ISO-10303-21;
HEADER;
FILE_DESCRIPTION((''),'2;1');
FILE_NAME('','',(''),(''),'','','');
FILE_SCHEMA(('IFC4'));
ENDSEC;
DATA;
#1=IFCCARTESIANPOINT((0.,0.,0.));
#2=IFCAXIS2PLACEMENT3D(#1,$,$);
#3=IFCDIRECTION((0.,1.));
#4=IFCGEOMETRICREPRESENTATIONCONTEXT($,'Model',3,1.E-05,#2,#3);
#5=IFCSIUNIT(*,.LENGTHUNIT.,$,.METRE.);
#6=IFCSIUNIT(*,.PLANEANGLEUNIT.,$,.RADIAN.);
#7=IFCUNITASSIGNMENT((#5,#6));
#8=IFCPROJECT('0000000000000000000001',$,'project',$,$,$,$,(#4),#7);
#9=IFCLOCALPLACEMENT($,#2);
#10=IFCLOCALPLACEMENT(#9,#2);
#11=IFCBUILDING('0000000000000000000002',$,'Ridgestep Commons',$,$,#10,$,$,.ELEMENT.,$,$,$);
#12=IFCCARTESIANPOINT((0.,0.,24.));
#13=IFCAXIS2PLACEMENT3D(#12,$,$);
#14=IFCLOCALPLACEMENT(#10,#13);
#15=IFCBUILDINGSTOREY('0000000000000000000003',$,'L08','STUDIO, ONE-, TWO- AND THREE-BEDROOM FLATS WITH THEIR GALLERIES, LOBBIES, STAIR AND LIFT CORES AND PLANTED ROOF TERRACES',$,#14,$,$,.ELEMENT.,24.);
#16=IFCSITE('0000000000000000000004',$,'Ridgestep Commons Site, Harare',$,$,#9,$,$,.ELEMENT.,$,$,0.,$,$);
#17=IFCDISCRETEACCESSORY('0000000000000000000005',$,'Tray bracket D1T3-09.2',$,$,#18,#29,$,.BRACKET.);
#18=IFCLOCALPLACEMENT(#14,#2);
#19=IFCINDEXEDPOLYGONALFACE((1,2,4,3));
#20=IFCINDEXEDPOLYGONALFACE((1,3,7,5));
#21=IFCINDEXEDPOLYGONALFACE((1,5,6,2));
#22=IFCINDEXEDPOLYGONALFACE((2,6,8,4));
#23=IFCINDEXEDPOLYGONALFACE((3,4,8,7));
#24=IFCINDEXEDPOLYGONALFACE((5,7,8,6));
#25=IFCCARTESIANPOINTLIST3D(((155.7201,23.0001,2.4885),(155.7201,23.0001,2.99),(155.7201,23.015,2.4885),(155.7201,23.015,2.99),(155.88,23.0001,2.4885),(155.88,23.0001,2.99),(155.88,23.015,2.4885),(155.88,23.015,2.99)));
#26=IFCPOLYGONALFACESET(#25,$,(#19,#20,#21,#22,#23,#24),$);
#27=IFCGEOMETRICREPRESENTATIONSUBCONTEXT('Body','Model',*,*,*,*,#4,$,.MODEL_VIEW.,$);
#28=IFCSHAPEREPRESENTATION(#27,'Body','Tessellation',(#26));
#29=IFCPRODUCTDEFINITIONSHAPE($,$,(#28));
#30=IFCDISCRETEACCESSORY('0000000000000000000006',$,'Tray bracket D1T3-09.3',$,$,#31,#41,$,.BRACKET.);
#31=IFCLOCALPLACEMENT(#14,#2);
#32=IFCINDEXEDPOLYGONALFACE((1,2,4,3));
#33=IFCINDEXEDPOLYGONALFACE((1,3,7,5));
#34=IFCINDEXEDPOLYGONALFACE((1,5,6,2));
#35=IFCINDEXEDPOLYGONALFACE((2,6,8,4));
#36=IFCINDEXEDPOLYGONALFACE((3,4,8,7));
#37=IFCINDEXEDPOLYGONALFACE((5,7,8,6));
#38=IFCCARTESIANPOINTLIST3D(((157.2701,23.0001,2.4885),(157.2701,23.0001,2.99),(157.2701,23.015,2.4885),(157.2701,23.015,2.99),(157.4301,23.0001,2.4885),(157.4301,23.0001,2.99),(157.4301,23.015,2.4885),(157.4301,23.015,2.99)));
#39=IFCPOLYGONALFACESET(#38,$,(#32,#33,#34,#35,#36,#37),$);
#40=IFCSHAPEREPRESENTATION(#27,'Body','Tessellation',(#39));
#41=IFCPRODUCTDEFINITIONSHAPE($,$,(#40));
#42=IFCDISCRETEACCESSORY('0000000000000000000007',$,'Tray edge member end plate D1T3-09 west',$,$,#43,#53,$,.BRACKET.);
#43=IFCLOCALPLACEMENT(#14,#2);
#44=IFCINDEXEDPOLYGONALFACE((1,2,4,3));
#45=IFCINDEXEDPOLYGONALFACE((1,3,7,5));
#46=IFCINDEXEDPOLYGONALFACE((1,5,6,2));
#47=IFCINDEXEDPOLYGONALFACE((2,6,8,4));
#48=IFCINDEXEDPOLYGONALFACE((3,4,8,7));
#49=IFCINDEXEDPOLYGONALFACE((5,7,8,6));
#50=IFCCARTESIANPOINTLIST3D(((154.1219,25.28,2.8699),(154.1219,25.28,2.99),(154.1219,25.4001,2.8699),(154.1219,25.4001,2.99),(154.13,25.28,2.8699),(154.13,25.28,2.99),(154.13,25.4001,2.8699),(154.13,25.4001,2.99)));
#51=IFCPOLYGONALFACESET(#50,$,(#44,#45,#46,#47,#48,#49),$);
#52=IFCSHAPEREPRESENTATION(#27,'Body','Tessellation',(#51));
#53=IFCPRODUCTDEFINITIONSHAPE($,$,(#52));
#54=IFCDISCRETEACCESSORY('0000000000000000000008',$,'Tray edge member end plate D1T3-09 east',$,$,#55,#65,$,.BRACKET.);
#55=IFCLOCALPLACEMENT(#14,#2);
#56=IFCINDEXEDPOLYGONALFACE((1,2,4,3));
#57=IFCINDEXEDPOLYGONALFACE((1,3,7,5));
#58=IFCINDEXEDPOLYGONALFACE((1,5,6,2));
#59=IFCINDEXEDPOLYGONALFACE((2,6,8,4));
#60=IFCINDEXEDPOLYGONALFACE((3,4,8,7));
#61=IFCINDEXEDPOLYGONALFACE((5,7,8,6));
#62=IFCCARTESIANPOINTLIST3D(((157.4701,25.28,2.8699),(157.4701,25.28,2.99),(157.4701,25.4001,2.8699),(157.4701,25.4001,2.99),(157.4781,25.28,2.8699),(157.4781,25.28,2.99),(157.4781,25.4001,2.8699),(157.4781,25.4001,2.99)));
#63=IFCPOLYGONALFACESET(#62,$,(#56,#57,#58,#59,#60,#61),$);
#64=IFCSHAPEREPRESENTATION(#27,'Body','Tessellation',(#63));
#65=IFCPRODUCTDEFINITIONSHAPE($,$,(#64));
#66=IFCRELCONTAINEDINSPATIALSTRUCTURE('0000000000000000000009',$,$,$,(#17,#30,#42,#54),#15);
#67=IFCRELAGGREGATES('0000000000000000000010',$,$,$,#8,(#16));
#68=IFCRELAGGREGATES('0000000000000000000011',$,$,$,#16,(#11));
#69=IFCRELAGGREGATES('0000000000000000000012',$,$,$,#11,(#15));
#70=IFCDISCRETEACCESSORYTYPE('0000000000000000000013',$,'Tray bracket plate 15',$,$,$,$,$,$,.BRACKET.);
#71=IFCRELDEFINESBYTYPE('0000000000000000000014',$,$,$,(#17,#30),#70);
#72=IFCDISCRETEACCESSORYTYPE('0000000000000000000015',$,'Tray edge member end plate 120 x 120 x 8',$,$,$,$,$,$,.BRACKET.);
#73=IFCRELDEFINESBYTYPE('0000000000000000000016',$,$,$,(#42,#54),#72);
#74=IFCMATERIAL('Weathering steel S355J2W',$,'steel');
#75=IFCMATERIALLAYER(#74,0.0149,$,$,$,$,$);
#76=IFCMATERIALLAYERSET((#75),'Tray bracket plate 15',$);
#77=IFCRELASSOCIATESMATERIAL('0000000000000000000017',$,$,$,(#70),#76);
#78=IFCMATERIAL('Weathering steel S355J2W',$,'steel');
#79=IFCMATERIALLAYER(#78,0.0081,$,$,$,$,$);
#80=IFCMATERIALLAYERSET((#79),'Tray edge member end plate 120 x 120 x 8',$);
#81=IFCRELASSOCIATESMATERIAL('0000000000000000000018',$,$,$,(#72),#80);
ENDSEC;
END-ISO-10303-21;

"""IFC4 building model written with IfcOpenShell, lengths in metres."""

from ifc_helpers import new_model, si_unit, direction, frame, origin, origin_2d, place, context, subcontext, project, spatial, rectangle, extrude, material, layer, layer_set, type_object, element, save


model = new_model("IFC4")

# Units and contexts
model_context = context("Model", 3, precision=1e-05, world=origin(), true_north=direction((0.0, 1.0)))
body_context = subcontext(model_context, "Body", "Model", "MODEL_VIEW")
ifc_project = project(units=[si_unit("LENGTHUNIT", "METRE"), si_unit("PLANEANGLEUNIT", "RADIAN")], contexts=[model_context])

# Site, building, storey
site_placement = place(None, origin())
site = spatial("IfcSite", under=ifc_project, at=site_placement, Name="Ridgestep Commons Site, Harare", CompositionType="ELEMENT", RefElevation=0.0)
building_placement = place(site_placement, origin())
building = spatial("IfcBuilding", under=site, at=building_placement, Name="Ridgestep Commons", CompositionType="ELEMENT")
storey_placement = place(building_placement, frame((0.0, 0.0, 24.0)))
storey = spatial("IfcBuildingStorey", under=building, at=storey_placement, Name="L08", Description="STUDIO, ONE-, TWO- AND THREE-BEDROOM FLATS WITH THEIR GALLERIES, LOBBIES, STAIR AND LIFT CORES AND PLANTED ROOF TERRACES", CompositionType="ELEMENT", Elevation=24.0)

# Discrete accessories
ifc_material_1 = material(Name="Weathering steel S355J2W", Category="steel")
ifc_layer_1 = layer(ifc_material_1, 0.0149)
ifc_layer_set_1 = layer_set([ifc_layer_1], Name="Tray bracket plate 15")
discrete_accessory_type_1 = type_object("IfcDiscreteAccessoryType", Name="Tray bracket plate 15", PredefinedType="BRACKET", material=ifc_layer_set_1)
for number, where, z_axis, x_axis, name in (
    (1, (155.8, 23.0076, 2.4885), (0.0, 0.0, 1.0), (1.0, 0.0, 0.0), "Tray bracket D1T3-09.2"),
    (2, (157.3501, 23.0076, 2.4885), (0.0, 0.0, 1.0), (1.0, 0.0, 0.0), "Tray bracket D1T3-09.3"),
):
    element("IfcDiscreteAccessory", number, at=place(storey_placement, frame(where, z_axis=z_axis, x_axis=x_axis)), inside=storey, type_object=discrete_accessory_type_1, Name=name, PredefinedType="BRACKET", context=body_context, shape_type="SweptSolid", body=[
        extrude(rectangle(XDim=0.1599, YDim=0.0149, at=origin_2d()), origin(), (0.0, 0.0, 1.0), 0.5015),
    ])
ifc_material_2 = material(Name="Weathering steel S355J2W", Category="steel")
ifc_layer_2 = layer(ifc_material_2, 0.0081)
ifc_layer_set_2 = layer_set([ifc_layer_2], Name="Tray edge member end plate 120 x 120 x 8")
discrete_accessory_type_2 = type_object("IfcDiscreteAccessoryType", Name="Tray edge member end plate 120 x 120 x 8", PredefinedType="BRACKET", material=ifc_layer_set_2)
for number, where, z_axis, x_axis, name in (
    (3, (154.126, 25.3401, 2.8699), (0.0, 0.0, 1.0), (1.0, 0.0, 0.0), "Tray edge member end plate D1T3-09 west"),
    (4, (157.4741, 25.3401, 2.8699), (0.0, 0.0, 1.0), (1.0, 0.0, 0.0), "Tray edge member end plate D1T3-09 east"),
):
    element("IfcDiscreteAccessory", number, at=place(storey_placement, frame(where, z_axis=z_axis, x_axis=x_axis)), inside=storey, type_object=discrete_accessory_type_2, Name=name, PredefinedType="BRACKET", context=body_context, shape_type="SweptSolid", body=[
        extrude(rectangle(XDim=0.0081, YDim=0.1201, at=origin_2d()), origin(), (0.0, 0.0, 1.0), 0.1201),
    ])

save(model, "model.ifc")
